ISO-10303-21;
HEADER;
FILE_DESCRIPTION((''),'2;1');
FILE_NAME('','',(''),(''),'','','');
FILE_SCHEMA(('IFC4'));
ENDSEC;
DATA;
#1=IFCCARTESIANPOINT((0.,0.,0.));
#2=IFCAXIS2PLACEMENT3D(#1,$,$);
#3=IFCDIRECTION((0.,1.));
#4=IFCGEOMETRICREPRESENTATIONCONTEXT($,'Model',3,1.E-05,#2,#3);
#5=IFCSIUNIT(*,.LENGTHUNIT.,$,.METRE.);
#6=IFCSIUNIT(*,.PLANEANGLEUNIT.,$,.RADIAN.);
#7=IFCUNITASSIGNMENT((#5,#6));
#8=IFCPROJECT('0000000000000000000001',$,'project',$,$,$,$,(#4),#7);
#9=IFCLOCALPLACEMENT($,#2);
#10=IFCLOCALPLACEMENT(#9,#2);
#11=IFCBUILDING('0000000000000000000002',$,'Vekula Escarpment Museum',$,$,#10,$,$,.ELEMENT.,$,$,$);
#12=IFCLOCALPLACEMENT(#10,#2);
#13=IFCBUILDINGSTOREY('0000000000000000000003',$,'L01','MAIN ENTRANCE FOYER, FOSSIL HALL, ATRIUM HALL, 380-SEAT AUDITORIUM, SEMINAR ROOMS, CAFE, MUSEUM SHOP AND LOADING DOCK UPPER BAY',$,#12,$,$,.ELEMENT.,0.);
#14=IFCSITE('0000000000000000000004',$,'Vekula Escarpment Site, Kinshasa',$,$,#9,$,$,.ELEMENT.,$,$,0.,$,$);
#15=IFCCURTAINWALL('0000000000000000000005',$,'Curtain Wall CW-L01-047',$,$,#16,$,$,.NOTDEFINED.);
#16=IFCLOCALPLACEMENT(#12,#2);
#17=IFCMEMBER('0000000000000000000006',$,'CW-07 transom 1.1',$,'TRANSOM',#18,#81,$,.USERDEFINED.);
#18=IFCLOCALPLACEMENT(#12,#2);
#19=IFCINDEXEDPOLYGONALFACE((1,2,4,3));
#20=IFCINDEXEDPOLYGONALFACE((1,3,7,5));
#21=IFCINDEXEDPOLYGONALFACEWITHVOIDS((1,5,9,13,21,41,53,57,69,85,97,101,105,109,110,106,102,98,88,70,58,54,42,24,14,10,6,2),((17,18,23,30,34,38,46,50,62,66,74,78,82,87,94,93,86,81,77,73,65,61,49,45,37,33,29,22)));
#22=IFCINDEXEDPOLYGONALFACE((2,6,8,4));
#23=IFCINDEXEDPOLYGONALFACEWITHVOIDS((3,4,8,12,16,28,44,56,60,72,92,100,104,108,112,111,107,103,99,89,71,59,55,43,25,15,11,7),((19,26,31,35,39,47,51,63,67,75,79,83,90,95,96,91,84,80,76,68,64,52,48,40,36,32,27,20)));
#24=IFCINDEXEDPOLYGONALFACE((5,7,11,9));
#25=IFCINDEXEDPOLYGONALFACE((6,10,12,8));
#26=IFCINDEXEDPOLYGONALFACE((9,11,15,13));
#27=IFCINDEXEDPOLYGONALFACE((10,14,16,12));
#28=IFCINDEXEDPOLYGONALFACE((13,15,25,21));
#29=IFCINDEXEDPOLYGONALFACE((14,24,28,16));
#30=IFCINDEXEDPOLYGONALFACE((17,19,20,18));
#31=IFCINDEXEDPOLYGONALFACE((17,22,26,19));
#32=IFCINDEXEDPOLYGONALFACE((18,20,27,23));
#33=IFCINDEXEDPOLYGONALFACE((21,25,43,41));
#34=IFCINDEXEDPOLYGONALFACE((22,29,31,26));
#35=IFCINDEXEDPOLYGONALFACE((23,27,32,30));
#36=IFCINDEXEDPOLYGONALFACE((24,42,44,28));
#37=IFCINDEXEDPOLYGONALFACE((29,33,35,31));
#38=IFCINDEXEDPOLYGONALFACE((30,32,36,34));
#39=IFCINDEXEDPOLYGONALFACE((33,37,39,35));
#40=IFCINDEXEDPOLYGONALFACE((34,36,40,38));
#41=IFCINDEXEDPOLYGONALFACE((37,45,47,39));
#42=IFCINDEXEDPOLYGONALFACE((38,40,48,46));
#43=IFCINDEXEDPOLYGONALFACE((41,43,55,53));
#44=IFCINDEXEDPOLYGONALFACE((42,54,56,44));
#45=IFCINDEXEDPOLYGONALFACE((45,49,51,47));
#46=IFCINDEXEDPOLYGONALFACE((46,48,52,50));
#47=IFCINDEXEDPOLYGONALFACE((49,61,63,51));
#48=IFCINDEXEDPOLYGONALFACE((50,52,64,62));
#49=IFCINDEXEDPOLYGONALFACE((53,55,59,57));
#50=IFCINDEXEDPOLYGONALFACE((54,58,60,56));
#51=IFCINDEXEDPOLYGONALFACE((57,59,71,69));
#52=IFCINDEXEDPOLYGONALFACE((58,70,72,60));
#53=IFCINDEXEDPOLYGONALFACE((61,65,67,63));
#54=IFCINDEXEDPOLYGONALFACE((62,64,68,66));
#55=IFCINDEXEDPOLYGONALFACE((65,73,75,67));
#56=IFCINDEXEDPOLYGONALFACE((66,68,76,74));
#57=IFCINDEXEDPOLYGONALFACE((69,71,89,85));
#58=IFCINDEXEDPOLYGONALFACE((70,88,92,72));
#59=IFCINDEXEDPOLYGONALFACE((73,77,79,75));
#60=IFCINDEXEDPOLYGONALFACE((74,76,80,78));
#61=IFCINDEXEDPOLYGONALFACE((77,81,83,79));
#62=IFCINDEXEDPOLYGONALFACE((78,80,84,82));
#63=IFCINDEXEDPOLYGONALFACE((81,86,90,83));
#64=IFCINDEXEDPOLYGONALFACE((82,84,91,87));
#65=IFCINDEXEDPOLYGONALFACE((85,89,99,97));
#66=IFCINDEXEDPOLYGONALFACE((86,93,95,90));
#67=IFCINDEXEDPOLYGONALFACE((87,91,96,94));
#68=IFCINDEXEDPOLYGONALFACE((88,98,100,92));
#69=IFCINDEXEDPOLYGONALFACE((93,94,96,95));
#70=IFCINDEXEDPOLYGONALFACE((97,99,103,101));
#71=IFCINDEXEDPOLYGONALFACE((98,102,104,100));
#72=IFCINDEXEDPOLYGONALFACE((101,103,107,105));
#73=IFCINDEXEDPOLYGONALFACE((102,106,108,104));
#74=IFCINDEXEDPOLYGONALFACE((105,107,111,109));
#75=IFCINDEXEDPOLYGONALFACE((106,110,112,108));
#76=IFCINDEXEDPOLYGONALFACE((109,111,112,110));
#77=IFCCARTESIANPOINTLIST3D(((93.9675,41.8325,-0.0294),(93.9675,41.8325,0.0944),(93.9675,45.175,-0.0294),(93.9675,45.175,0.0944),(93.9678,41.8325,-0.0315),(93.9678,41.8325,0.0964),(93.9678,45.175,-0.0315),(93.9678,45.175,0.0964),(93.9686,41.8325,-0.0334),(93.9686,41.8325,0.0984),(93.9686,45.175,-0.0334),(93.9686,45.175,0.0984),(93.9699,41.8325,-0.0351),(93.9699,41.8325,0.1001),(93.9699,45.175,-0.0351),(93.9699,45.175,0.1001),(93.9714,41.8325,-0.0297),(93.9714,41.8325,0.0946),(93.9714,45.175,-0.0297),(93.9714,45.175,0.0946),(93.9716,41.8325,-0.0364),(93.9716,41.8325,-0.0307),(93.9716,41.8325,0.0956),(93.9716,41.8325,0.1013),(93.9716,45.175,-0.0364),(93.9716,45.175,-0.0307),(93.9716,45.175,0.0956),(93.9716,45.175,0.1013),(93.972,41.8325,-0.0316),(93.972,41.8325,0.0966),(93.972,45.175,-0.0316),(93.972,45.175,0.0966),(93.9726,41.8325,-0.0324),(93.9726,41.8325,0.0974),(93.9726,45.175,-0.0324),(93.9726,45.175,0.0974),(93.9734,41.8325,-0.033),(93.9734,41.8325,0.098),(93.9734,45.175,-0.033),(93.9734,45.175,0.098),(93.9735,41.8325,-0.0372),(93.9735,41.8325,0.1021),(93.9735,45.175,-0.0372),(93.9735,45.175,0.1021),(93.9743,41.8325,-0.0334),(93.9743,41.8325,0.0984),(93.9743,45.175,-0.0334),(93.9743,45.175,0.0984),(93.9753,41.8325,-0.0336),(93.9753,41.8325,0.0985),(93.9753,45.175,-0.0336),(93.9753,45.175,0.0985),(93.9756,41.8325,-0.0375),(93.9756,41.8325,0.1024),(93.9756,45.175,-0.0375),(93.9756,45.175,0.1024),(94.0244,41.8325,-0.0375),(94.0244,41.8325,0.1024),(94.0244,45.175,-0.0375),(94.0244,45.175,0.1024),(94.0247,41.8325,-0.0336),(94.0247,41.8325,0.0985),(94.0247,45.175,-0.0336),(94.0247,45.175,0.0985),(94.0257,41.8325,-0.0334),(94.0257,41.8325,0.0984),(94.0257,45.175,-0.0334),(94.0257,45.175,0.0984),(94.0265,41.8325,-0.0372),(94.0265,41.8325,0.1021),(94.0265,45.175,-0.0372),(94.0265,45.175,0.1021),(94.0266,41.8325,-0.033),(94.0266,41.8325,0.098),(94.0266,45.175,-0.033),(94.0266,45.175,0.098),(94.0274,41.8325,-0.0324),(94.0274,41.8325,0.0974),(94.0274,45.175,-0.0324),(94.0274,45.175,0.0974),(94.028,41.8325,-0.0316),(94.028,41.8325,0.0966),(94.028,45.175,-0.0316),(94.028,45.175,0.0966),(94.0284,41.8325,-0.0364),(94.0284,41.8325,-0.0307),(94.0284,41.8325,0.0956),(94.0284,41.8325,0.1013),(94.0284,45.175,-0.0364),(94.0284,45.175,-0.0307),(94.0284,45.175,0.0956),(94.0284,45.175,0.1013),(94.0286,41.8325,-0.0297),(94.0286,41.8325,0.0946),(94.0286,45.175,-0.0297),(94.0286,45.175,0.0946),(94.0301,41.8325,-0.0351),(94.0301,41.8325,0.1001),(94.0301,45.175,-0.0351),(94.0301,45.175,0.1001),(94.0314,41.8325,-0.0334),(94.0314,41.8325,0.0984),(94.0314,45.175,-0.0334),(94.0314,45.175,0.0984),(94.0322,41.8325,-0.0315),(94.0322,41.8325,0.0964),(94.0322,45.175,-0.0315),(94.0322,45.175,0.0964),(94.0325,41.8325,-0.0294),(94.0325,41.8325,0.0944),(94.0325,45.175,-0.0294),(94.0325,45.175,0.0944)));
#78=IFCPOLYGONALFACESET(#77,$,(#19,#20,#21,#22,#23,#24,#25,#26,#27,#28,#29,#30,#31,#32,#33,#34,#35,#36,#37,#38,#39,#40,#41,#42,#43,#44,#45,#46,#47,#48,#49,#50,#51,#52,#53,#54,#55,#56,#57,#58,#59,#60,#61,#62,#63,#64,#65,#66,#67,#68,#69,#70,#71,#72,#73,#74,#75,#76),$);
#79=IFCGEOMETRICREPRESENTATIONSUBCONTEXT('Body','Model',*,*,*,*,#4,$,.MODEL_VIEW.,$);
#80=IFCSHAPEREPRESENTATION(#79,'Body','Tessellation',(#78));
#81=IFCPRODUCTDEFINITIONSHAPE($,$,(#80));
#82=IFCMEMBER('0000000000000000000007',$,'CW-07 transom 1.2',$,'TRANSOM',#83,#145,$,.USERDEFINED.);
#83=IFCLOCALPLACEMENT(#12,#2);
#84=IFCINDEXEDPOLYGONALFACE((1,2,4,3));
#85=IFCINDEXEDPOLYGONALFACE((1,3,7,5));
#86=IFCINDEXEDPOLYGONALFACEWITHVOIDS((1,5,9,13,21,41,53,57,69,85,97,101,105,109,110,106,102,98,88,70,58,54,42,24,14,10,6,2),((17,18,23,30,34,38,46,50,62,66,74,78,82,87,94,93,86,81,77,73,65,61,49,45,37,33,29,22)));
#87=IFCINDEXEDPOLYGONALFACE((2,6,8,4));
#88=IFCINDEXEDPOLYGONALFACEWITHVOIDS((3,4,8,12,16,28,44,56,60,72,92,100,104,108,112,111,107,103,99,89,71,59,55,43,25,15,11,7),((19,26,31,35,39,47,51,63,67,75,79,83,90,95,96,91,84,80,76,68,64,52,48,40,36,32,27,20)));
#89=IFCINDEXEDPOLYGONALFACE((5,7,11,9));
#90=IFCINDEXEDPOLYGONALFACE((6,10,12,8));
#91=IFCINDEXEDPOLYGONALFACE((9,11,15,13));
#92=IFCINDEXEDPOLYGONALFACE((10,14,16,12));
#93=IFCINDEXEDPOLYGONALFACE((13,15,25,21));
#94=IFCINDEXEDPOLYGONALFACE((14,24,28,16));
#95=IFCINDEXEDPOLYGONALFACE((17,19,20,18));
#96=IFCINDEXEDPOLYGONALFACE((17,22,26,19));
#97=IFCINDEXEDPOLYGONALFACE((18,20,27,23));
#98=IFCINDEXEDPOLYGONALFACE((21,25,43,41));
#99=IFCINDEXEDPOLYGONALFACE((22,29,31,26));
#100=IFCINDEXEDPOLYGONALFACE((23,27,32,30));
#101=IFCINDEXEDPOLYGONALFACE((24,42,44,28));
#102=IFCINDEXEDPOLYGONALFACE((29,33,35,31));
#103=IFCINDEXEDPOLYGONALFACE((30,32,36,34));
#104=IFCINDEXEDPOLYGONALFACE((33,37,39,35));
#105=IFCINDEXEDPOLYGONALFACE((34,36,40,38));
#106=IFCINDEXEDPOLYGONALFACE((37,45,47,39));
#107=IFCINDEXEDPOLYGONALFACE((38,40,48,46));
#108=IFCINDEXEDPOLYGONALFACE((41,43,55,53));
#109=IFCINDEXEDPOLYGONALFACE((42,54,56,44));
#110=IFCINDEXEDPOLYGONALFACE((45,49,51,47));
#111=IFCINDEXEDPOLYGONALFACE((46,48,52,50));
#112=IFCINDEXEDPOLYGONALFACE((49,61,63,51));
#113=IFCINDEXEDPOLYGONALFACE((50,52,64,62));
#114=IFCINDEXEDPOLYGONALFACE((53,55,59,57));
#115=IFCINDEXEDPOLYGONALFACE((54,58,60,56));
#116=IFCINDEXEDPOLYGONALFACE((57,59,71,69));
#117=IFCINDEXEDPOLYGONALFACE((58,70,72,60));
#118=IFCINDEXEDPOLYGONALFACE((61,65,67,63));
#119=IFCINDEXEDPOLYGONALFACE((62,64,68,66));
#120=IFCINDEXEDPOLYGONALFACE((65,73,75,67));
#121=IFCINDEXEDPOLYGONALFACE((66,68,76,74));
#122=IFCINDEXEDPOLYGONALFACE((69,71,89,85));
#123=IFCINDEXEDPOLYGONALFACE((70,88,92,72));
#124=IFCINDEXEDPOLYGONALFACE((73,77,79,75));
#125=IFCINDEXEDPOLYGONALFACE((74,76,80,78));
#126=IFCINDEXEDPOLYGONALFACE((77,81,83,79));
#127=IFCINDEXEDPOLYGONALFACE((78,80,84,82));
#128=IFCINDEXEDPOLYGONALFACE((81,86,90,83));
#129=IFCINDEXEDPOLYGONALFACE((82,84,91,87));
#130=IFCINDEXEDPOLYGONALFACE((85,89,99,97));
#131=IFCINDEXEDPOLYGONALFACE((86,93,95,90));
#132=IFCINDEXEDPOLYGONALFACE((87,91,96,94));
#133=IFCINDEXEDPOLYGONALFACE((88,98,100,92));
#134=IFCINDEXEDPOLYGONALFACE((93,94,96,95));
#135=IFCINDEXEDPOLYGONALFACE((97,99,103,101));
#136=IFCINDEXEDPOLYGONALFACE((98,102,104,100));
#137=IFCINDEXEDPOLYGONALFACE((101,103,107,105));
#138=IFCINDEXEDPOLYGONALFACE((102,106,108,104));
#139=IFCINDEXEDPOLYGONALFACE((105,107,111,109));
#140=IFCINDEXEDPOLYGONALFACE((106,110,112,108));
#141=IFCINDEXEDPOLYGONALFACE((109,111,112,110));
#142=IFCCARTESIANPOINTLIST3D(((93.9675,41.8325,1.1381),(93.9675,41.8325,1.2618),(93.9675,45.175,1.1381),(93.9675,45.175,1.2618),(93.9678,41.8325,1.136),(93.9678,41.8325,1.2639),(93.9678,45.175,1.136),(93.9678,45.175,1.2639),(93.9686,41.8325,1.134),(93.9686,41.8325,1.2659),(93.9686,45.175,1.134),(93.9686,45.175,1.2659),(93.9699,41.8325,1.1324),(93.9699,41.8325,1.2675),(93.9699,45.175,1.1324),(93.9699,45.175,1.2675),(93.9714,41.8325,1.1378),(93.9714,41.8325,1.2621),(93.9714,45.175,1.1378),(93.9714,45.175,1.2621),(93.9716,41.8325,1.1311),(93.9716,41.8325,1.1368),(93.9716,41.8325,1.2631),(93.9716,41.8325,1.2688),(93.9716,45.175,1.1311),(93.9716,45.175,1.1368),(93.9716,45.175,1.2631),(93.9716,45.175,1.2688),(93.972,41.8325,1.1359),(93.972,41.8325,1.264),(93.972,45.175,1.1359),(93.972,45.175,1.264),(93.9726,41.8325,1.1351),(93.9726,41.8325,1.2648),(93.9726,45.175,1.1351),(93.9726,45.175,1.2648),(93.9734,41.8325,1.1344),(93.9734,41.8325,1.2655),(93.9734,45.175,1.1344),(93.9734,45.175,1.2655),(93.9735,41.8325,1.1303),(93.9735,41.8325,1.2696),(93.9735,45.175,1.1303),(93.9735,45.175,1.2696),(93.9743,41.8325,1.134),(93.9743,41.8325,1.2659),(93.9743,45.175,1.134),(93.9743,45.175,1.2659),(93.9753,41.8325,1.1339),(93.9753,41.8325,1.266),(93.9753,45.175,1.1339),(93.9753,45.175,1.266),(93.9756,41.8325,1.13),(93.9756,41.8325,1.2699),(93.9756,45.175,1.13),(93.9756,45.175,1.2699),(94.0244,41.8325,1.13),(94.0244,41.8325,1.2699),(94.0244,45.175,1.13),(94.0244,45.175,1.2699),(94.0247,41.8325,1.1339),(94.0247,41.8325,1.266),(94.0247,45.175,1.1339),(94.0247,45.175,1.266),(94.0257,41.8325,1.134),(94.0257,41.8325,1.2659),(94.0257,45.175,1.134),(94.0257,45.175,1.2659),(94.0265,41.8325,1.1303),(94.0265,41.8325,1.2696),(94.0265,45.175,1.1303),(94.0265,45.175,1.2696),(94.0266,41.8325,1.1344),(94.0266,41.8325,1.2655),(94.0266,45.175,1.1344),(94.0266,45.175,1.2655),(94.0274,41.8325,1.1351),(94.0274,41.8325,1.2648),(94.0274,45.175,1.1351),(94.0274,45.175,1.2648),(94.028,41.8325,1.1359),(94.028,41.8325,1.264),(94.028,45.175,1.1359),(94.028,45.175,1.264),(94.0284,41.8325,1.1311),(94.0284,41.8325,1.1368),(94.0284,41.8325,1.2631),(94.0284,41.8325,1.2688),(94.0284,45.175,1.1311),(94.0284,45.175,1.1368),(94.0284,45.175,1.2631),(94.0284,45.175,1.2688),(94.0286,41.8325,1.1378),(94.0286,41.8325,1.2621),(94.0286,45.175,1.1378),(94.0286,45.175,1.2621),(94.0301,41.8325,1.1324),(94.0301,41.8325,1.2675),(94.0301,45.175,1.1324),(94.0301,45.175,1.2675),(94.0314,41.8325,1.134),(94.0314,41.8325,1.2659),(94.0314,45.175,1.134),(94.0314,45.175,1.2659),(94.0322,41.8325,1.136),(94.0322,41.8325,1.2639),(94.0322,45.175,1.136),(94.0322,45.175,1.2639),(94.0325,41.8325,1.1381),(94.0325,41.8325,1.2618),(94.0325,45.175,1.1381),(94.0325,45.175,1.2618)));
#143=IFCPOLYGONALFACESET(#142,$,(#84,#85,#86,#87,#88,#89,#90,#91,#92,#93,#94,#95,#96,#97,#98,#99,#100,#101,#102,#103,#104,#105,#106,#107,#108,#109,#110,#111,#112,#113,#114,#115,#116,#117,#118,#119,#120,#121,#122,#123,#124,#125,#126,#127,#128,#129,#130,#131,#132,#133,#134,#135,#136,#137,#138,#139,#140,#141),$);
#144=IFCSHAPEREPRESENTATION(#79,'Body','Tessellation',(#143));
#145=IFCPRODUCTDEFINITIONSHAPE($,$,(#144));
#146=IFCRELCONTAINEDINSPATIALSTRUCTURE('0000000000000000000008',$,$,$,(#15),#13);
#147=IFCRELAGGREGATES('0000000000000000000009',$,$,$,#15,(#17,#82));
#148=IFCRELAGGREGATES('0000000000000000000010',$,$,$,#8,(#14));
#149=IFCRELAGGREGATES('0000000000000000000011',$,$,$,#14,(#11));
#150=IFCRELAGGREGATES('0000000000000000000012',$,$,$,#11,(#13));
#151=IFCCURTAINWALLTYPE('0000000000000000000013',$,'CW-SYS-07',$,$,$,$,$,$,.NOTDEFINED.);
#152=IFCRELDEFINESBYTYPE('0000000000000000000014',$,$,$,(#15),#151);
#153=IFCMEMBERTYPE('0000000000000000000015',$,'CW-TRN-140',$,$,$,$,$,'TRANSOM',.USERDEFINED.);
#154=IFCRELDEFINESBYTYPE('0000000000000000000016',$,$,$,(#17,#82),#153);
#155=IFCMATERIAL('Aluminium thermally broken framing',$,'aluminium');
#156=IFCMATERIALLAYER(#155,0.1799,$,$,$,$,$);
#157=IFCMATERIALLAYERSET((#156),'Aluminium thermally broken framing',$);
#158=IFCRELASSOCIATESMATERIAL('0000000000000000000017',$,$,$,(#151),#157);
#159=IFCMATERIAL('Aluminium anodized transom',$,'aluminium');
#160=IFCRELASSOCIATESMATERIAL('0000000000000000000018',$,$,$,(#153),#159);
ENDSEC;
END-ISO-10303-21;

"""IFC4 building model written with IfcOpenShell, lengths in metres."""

from ifc_helpers import new_model, si_unit, direction, frame, origin, origin_2d, place, context, subcontext, project, spatial, hollow_rectangle, extrude, material, layer, layer_set, material_profile, profile_set, type_object, element, aggregate, save


model = new_model("IFC4")

# Units and contexts
model_context = context("Model", 3, precision=1e-05, world=origin(), true_north=direction((0.0, 1.0)))
body_context = subcontext(model_context, "Body", "Model", "MODEL_VIEW")
ifc_project = project(units=[si_unit("LENGTHUNIT", "METRE"), si_unit("PLANEANGLEUNIT", "RADIAN")], contexts=[model_context])

# Site, building, storey
site_placement = place(None, origin())
site = spatial("IfcSite", under=ifc_project, at=site_placement, Name="Vekula Escarpment Site, Kinshasa", CompositionType="ELEMENT", RefElevation=0.0)
building_placement = place(site_placement, origin())
building = spatial("IfcBuilding", under=site, at=building_placement, Name="Vekula Escarpment Museum", CompositionType="ELEMENT")
storey_placement = place(building_placement, origin())
storey = spatial("IfcBuildingStorey", under=building, at=storey_placement, Name="L01", Description="MAIN ENTRANCE FOYER, FOSSIL HALL, ATRIUM HALL, 380-SEAT AUDITORIUM, SEMINAR ROOMS, CAFE, MUSEUM SHOP AND LOADING DOCK UPPER BAY", CompositionType="ELEMENT", Elevation=0.0)

# Curtain wall, members
ifc_material_1 = material(Name="Aluminium thermally broken framing", Category="aluminium")
ifc_layer_1 = layer(ifc_material_1, 0.1799)
ifc_layer_set_1 = layer_set([ifc_layer_1], Name="Aluminium thermally broken framing")
curtain_wall_type_1 = type_object("IfcCurtainWallType", Name="CW-SYS-07", PredefinedType="NOTDEFINED", material=ifc_layer_set_1)
curtain_wall_1_placement = place(storey_placement, origin())
curtain_wall_1 = element("IfcCurtainWall", 1, at=curtain_wall_1_placement, inside=storey, type_object=curtain_wall_type_1, Name="Curtain Wall CW-L01-047", PredefinedType="NOTDEFINED")
ifc_material_2 = material(Name="Aluminium anodized transom", Category="aluminium")
ifc_material_profile_1 = material_profile(ifc_material_2, hollow_rectangle(XDim=0.0649, YDim=0.1399, WallThickness=0.0039, InnerFilletRadius=0.0039, OuterFilletRadius=0.0081, at=origin_2d()), Name="ALU 140x65x4")
ifc_profile_set_1 = profile_set([ifc_material_profile_1], Name="Aluminium anodized transom")
member_type_1 = type_object("IfcMemberType", Name="CW-TRN-140", ElementType="TRANSOM", PredefinedType="USERDEFINED", material=ifc_profile_set_1)
member_1_placement = place(storey_placement, frame((94.0, 45.175, 0.0325), z_axis=(0.0, -1.0, 0.0), x_axis=(1.0, 0.0, 0.0)))
member_1 = element("IfcMember", 2, at=member_1_placement, type_object=member_type_1, Name="CW-07 transom 1.1", ObjectType="TRANSOM", PredefinedType="USERDEFINED", context=body_context, shape_type="SweptSolid", body=[
    extrude(hollow_rectangle(XDim=0.0649, YDim=0.1399, WallThickness=0.0039, InnerFilletRadius=0.0039, OuterFilletRadius=0.0081, at=origin_2d()), origin(), (0.0, 0.0, 1.0), 3.3425),
])
member_2_placement = place(storey_placement, frame((94.0, 45.175, 1.2), z_axis=(0.0, -1.0, 0.0), x_axis=(1.0, 0.0, 0.0)))
member_2 = element("IfcMember", 3, at=member_2_placement, type_object=member_type_1, Name="CW-07 transom 1.2", ObjectType="TRANSOM", PredefinedType="USERDEFINED", context=body_context, shape_type="SweptSolid", body=[
    extrude(hollow_rectangle(XDim=0.0649, YDim=0.1399, WallThickness=0.0039, InnerFilletRadius=0.0039, OuterFilletRadius=0.0081, at=origin_2d()), origin(), (0.0, 0.0, 1.0), 3.3425),
])

aggregate(curtain_wall_1, [member_1, member_2])

save(model, "model.ifc")
